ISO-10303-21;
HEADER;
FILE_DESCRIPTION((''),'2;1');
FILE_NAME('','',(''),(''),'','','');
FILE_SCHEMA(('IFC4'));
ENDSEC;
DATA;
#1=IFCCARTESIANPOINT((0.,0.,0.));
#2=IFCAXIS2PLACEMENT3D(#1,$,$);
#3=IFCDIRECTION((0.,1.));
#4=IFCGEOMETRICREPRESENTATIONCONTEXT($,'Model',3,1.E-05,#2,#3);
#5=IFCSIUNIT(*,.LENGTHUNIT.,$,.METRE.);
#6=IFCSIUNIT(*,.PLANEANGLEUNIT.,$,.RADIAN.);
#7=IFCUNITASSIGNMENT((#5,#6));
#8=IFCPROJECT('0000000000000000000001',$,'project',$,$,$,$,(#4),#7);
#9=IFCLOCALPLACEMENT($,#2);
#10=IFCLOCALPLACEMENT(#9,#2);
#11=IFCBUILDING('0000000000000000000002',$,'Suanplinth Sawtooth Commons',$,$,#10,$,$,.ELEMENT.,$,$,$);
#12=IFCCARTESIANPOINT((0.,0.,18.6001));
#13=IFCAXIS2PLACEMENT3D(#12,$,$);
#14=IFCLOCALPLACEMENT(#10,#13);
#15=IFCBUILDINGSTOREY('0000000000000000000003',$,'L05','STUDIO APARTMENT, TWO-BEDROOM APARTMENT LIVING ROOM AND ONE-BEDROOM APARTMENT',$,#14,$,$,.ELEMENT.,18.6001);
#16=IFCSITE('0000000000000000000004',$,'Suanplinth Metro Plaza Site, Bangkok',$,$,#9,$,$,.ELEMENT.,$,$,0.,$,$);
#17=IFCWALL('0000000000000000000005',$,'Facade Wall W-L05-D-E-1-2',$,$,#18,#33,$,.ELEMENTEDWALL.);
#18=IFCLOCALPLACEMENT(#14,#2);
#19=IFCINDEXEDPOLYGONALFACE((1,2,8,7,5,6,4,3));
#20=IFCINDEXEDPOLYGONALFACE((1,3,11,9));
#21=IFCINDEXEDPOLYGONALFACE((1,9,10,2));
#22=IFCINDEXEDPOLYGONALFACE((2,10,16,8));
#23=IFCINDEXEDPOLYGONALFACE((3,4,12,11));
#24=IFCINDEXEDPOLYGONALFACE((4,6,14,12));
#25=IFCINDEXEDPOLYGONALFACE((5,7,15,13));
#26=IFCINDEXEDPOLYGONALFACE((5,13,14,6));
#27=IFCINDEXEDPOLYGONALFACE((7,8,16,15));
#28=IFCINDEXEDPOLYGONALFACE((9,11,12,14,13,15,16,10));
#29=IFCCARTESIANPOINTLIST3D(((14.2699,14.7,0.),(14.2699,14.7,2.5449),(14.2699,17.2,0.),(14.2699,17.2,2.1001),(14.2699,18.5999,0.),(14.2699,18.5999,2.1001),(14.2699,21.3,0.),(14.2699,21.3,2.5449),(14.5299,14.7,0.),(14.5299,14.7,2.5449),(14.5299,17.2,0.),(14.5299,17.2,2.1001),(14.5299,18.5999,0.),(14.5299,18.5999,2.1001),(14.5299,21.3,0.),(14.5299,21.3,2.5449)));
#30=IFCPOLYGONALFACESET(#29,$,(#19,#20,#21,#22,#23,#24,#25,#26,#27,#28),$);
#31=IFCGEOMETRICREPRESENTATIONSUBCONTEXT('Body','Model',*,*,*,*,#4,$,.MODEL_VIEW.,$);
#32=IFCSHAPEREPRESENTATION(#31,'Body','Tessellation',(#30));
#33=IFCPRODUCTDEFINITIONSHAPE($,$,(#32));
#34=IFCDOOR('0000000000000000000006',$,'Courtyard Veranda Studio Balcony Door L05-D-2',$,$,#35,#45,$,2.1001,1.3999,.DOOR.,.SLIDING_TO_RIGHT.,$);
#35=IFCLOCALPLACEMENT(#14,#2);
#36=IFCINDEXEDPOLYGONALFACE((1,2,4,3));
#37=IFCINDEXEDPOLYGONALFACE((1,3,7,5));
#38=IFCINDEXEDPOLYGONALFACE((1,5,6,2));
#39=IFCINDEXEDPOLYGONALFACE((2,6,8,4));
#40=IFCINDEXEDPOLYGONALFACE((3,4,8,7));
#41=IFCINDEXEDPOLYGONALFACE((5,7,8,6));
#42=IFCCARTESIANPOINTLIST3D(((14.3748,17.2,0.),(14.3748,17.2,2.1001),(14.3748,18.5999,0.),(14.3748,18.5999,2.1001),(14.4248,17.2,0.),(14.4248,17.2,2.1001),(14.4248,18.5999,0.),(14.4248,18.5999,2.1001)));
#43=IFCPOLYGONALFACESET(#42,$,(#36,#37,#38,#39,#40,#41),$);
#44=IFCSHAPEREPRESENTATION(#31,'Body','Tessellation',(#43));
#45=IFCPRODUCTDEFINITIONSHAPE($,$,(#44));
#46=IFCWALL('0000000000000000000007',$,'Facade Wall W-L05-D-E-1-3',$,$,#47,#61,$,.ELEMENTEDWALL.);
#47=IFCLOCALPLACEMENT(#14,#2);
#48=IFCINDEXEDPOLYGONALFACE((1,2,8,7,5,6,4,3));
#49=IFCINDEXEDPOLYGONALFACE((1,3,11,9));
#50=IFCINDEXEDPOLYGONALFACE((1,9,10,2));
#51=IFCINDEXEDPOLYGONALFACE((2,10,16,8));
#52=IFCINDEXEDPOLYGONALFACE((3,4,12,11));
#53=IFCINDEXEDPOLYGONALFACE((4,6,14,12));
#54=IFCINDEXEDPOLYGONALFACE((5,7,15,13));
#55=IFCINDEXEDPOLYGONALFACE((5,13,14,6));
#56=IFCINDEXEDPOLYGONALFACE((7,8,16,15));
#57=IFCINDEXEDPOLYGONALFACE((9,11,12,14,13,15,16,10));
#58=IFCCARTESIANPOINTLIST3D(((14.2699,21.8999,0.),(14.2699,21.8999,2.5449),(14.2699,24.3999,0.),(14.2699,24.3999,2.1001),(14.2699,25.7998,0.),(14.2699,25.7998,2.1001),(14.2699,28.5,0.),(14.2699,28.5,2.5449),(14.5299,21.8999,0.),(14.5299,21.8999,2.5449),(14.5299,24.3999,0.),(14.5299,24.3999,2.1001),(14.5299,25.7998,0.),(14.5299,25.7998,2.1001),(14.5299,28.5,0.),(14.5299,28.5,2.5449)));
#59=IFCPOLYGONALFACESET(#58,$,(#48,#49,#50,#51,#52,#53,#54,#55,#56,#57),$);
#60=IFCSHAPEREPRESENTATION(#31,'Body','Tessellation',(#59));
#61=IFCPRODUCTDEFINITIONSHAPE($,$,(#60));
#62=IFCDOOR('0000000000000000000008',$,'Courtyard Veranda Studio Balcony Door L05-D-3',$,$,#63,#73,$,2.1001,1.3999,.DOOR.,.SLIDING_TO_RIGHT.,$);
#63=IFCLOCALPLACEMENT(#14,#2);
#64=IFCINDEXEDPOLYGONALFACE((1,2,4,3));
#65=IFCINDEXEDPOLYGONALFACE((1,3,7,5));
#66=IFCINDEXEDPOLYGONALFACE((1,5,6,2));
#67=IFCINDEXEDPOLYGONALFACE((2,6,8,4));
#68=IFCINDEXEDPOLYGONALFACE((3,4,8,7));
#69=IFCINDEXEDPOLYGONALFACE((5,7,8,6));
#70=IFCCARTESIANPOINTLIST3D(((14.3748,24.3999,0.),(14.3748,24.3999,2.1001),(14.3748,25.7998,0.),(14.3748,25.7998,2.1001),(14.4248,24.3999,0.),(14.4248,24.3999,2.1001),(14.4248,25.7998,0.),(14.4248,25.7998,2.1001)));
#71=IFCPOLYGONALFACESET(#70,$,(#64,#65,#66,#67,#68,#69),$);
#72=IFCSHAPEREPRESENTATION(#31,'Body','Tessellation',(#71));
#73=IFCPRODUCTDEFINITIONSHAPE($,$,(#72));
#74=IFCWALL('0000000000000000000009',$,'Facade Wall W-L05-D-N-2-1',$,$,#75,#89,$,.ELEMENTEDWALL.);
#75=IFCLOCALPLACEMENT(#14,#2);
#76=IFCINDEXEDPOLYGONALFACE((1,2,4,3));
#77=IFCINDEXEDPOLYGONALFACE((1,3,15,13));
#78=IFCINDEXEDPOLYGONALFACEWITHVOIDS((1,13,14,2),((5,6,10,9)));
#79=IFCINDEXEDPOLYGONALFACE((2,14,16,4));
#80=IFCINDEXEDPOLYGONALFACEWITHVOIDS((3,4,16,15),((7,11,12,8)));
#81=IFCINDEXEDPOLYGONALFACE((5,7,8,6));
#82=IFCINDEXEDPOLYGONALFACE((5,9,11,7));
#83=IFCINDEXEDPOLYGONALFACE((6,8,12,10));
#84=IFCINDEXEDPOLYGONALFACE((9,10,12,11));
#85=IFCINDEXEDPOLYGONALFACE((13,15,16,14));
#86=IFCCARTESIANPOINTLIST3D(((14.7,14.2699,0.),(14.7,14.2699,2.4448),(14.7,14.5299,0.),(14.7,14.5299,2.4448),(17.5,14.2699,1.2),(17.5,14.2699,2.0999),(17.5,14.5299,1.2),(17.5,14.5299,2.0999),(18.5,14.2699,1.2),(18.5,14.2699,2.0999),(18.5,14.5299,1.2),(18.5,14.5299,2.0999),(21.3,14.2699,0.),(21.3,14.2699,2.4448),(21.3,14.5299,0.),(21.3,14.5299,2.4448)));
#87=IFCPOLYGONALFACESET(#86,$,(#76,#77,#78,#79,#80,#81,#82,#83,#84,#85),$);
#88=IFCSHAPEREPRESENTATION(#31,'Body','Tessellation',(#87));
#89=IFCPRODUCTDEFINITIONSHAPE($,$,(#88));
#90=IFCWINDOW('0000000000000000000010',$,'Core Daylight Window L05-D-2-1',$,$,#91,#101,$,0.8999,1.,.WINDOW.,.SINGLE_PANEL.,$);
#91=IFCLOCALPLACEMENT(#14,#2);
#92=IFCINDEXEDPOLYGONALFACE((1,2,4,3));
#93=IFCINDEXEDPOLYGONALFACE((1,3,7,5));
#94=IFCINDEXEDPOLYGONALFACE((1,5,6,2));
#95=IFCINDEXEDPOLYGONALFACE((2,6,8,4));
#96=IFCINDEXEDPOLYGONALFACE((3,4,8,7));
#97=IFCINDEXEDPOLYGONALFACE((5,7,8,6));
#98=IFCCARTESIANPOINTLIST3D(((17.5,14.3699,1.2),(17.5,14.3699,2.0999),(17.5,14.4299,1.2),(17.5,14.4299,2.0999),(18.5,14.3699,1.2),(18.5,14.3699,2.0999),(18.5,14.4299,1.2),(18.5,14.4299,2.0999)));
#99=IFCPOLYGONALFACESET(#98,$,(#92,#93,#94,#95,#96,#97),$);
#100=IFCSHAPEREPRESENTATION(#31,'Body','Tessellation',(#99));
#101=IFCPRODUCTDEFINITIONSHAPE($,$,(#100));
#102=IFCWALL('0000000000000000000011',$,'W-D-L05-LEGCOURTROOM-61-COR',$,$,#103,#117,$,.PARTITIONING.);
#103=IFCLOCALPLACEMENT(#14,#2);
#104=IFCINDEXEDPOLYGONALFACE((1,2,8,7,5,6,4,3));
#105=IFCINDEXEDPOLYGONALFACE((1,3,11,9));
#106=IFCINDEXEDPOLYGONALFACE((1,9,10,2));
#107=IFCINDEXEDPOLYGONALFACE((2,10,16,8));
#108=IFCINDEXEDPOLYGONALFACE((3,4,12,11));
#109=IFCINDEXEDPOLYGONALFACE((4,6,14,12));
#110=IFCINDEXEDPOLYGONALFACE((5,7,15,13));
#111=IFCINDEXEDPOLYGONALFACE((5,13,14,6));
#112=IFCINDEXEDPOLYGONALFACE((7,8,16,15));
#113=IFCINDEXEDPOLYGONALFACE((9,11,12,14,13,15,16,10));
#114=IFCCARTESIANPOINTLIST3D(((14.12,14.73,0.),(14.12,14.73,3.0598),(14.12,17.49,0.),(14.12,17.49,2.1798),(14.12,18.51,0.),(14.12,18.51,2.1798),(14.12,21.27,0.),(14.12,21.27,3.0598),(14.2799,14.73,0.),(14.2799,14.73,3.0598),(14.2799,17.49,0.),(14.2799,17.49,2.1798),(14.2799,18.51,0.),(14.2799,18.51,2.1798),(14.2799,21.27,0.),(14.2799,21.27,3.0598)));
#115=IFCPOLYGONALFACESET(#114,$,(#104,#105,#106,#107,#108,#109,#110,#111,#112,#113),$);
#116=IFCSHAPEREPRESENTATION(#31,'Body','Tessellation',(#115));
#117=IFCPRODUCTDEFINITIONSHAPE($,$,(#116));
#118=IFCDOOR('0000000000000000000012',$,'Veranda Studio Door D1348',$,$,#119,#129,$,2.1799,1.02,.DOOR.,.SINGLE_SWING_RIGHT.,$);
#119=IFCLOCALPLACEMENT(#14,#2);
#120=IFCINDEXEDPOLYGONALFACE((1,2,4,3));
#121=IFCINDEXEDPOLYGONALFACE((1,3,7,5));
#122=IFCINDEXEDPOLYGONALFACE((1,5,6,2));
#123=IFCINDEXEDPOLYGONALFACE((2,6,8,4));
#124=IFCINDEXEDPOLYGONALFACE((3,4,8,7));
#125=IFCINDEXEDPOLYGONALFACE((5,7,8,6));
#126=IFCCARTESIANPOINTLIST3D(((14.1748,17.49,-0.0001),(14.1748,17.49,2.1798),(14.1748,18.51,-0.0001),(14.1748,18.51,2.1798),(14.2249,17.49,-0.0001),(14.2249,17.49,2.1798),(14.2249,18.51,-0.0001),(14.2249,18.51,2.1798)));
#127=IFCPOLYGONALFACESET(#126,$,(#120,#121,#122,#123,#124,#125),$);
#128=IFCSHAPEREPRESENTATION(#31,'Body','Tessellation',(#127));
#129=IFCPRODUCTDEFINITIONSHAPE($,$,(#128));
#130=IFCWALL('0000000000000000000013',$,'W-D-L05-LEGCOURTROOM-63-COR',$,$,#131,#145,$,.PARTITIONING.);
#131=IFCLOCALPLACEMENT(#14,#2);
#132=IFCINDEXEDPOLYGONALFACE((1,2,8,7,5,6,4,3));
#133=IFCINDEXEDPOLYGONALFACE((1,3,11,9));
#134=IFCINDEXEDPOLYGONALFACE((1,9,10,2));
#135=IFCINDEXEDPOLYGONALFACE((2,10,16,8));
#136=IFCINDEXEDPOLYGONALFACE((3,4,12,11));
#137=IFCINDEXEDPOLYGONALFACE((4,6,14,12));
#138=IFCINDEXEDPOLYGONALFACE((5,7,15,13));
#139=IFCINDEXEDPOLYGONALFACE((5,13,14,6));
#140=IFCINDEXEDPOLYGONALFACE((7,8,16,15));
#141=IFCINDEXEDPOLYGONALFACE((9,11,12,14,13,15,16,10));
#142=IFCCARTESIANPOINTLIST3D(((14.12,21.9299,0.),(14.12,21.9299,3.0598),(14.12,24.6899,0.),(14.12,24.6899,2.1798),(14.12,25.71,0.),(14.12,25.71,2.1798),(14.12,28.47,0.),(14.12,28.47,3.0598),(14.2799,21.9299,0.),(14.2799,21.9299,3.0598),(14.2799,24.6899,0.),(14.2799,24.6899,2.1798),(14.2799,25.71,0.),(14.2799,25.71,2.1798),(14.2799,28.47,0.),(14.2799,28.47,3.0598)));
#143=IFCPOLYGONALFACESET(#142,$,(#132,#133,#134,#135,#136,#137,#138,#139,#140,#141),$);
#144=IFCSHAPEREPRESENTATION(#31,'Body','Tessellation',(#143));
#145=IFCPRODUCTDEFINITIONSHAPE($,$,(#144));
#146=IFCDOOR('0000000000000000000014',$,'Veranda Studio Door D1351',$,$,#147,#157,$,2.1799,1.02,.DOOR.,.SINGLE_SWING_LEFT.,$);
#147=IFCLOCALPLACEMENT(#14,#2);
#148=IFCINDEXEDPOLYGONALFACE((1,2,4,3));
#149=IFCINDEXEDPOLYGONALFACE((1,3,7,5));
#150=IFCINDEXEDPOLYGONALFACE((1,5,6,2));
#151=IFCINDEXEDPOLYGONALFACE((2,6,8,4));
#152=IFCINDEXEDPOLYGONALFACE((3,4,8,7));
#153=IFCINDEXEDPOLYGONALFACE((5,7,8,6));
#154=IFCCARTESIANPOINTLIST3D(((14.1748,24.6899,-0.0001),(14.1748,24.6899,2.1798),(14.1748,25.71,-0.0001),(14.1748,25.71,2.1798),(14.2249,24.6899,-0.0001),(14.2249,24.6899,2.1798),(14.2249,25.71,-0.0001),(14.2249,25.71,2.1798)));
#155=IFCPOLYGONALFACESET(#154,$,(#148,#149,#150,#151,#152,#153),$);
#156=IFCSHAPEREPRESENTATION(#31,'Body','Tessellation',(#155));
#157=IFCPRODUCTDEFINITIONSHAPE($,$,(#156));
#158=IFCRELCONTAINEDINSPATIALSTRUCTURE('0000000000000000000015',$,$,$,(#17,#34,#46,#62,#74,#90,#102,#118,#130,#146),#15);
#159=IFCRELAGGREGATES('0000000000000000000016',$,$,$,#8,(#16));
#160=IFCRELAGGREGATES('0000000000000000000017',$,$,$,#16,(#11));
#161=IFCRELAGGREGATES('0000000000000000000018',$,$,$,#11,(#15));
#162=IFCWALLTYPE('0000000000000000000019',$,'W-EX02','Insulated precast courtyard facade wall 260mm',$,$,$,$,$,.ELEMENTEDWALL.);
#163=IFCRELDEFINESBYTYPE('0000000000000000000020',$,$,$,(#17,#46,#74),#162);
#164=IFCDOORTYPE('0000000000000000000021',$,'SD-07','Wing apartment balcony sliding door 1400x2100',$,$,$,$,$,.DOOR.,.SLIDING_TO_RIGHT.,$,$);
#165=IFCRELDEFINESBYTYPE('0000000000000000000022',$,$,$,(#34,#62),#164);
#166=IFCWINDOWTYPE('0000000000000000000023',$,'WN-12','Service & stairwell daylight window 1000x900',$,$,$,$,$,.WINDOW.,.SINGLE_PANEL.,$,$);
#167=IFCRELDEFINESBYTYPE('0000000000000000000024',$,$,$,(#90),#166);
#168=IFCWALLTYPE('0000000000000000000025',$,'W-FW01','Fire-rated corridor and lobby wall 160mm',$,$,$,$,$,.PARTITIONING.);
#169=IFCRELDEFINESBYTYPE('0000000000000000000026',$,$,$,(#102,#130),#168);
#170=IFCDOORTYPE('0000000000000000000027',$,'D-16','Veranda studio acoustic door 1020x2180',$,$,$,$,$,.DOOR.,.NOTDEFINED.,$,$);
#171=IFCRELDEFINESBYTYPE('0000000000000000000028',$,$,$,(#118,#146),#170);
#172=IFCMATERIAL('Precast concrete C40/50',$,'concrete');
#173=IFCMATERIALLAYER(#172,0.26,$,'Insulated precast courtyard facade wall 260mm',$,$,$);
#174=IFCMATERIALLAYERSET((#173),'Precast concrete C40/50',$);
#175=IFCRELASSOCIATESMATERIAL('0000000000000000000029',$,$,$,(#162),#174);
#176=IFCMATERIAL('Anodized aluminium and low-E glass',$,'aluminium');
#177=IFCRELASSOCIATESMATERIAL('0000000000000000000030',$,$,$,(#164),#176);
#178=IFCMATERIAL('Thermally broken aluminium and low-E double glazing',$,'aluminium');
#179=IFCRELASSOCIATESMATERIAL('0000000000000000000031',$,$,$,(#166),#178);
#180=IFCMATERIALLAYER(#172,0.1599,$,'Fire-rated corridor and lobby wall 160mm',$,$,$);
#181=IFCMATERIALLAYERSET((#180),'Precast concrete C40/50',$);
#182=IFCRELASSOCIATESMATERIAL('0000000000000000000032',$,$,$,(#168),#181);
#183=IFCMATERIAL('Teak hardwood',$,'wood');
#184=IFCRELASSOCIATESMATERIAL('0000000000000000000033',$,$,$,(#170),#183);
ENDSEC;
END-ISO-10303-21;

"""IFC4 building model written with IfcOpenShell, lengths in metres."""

from ifc_helpers import new_model, si_unit, direction, frame, frame_2d, origin, place, context, subcontext, project, spatial, rectangle, extrude, material, layer, layer_set, type_object, element, fill, save


model = new_model("IFC4")

# Units and contexts
model_context = context("Model", 3, precision=1e-05, world=origin(), true_north=direction((0.0, 1.0)))
body_context = subcontext(model_context, "Body", "Model", "MODEL_VIEW")
ifc_project = project(units=[si_unit("LENGTHUNIT", "METRE"), si_unit("PLANEANGLEUNIT", "RADIAN")], contexts=[model_context])

# Site, building, storey
site_placement = place(None, origin())
site = spatial("IfcSite", under=ifc_project, at=site_placement, Name="Suanplinth Metro Plaza Site, Bangkok", CompositionType="ELEMENT", RefElevation=0.0)
building_placement = place(site_placement, origin())
building = spatial("IfcBuilding", under=site, at=building_placement, Name="Suanplinth Sawtooth Commons", CompositionType="ELEMENT")
storey_placement = place(building_placement, frame((0.0, 0.0, 18.6001)))
storey = spatial("IfcBuildingStorey", under=building, at=storey_placement, Name="L05", Description="STUDIO APARTMENT, TWO-BEDROOM APARTMENT LIVING ROOM AND ONE-BEDROOM APARTMENT", CompositionType="ELEMENT", Elevation=18.6001)

# Shared definitions
ifc_material_1 = material(Name="Precast concrete C40/50", Category="concrete")

# Walls, openings, doors
ifc_layer_1 = layer(ifc_material_1, 0.26, Name="Insulated precast courtyard facade wall 260mm")
ifc_layer_set_1 = layer_set([ifc_layer_1], Name="Precast concrete C40/50")
wall_type_1 = type_object("IfcWallType", Name="W-EX02", Description="Insulated precast courtyard facade wall 260mm", PredefinedType="ELEMENTEDWALL", material=ifc_layer_set_1)
wall_1_placement = place(storey_placement, frame((14.3999, 14.7, 0.0), z_axis=(0.0, 0.0, 1.0), x_axis=(0.0, 1.0, 0.0)))
wall_1 = element("IfcWall", 1, at=wall_1_placement, inside=storey, type_object=wall_type_1, Name="Facade Wall W-L05-D-E-1-2", PredefinedType="ELEMENTEDWALL", context=body_context, shape_type="SweptSolid", body=[
    extrude(rectangle(XDim=6.6001, YDim=0.26, at=frame_2d((3.3, 0.0))), origin(), (0.0, 0.0, 1.0), 2.5449),
])
opening_1_placement = place(wall_1_placement, frame((2.5, 0.0, 0.0)))
opening_1 = element("IfcOpeningElement", 2, at=opening_1_placement, cuts=wall_1, PredefinedType="OPENING", context=body_context, shape_type="SweptSolid", body=[
    extrude(rectangle(XDim=1.3999, YDim=2.1001, at=frame_2d((0.7, 1.05))), frame((0.0, 0.145, 0.0), z_axis=(0.0, -1.0, 0.0), x_axis=(1.0, 0.0, 0.0)), (0.0, 0.0, 1.0), 0.2898),
])
ifc_material_2 = material(Name="Anodized aluminium and low-E glass", Category="aluminium")
door_type_1 = type_object("IfcDoorType", Name="SD-07", Description="Wing apartment balcony sliding door 1400x2100", OperationType="SLIDING_TO_RIGHT", PredefinedType="DOOR", material=ifc_material_2)
door_1_placement = place(opening_1_placement, frame((1.3999, 0.0, 0.0), z_axis=(0.0, 0.0, 1.0), x_axis=(-1.0, 0.0, 0.0)))
door_1 = element("IfcDoor", 3, at=door_1_placement, inside=storey, type_object=door_type_1, Name="Courtyard Veranda Studio Balcony Door L05-D-2", OperationType="SLIDING_TO_RIGHT", OverallHeight=2.1001, OverallWidth=1.3999, PredefinedType="DOOR", context=body_context, shape_type="SweptSolid", body=[
    extrude(rectangle(XDim=1.3999, YDim=2.1001, at=frame_2d((0.7, 1.05))), frame((0.0, 0.0249, 0.0), z_axis=(0.0, -1.0, 0.0), x_axis=(1.0, 0.0, 0.0)), (0.0, 0.0, 1.0), 0.05),
])
fill(opening_1, door_1)
wall_2_placement = place(storey_placement, frame((14.3999, 21.8999, 0.0), z_axis=(0.0, 0.0, 1.0), x_axis=(0.0, 1.0, 0.0)))
wall_2 = element("IfcWall", 4, at=wall_2_placement, inside=storey, type_object=wall_type_1, Name="Facade Wall W-L05-D-E-1-3", PredefinedType="ELEMENTEDWALL", context=body_context, shape_type="SweptSolid", body=[
    extrude(rectangle(XDim=6.6001, YDim=0.26, at=frame_2d((3.3, 0.0))), origin(), (0.0, 0.0, 1.0), 2.5449),
])
opening_2_placement = place(wall_2_placement, frame((2.5, 0.0, 0.0)))
opening_2 = element("IfcOpeningElement", 5, at=opening_2_placement, cuts=wall_2, PredefinedType="OPENING", context=body_context, shape_type="SweptSolid", body=[
    extrude(rectangle(XDim=1.3999, YDim=2.1001, at=frame_2d((0.7, 1.05))), frame((0.0, 0.145, 0.0), z_axis=(0.0, -1.0, 0.0), x_axis=(1.0, 0.0, 0.0)), (0.0, 0.0, 1.0), 0.2898),
])
door_2_placement = place(opening_2_placement, frame((1.3999, 0.0, 0.0), z_axis=(0.0, 0.0, 1.0), x_axis=(-1.0, 0.0, 0.0)))
door_2 = element("IfcDoor", 6, at=door_2_placement, inside=storey, type_object=door_type_1, Name="Courtyard Veranda Studio Balcony Door L05-D-3", OperationType="SLIDING_TO_RIGHT", OverallHeight=2.1001, OverallWidth=1.3999, PredefinedType="DOOR", context=body_context, shape_type="SweptSolid", body=[
    extrude(rectangle(XDim=1.3999, YDim=2.1001, at=frame_2d((0.7, 1.05))), frame((0.0, 0.0249, 0.0), z_axis=(0.0, -1.0, 0.0), x_axis=(1.0, 0.0, 0.0)), (0.0, 0.0, 1.0), 0.05),
])
fill(opening_2, door_2)

# Wall, opening, window
wall_3_placement = place(storey_placement, frame((14.7, 14.3999, 0.0), z_axis=(0.0, 0.0, 1.0), x_axis=(1.0, 0.0, 0.0)))
wall_3 = element("IfcWall", 7, at=wall_3_placement, inside=storey, type_object=wall_type_1, Name="Facade Wall W-L05-D-N-2-1", PredefinedType="ELEMENTEDWALL", context=body_context, shape_type="SweptSolid", body=[
    extrude(rectangle(XDim=6.6001, YDim=0.26, at=frame_2d((3.3, 0.0))), origin(), (0.0, 0.0, 1.0), 2.4448),
])
opening_3_placement = place(wall_3_placement, frame((2.8, 0.0, 1.2)))
opening_3 = element("IfcOpeningElement", 8, at=opening_3_placement, cuts=wall_3, PredefinedType="OPENING", context=body_context, shape_type="SweptSolid", body=[
    extrude(rectangle(XDim=1.0, YDim=0.8999, at=frame_2d((0.5, 0.45))), frame((0.0, 0.145, 0.0), z_axis=(0.0, -1.0, 0.0), x_axis=(1.0, 0.0, 0.0)), (0.0, 0.0, 1.0), 0.2898),
])
ifc_material_3 = material(Name="Thermally broken aluminium and low-E double glazing", Category="aluminium")
window_type = type_object("IfcWindowType", Name="WN-12", Description="Service & stairwell daylight window 1000x900", PartitioningType="SINGLE_PANEL", PredefinedType="WINDOW", material=ifc_material_3)
window_placement = place(opening_3_placement, origin())
window = element("IfcWindow", 9, at=window_placement, inside=storey, type_object=window_type, Name="Core Daylight Window L05-D-2-1", OverallHeight=0.8999, OverallWidth=1.0, PartitioningType="SINGLE_PANEL", PredefinedType="WINDOW", context=body_context, shape_type="SweptSolid", body=[
    extrude(rectangle(XDim=1.0, YDim=0.8999, at=frame_2d((0.5, 0.45))), frame((0.0, 0.03, 0.0), z_axis=(0.0, -1.0, 0.0), x_axis=(1.0, 0.0, 0.0)), (0.0, 0.0, 1.0), 0.0601),
])
fill(opening_3, window)

# Walls, openings, doors
ifc_layer_2 = layer(ifc_material_1, 0.1599, Name="Fire-rated corridor and lobby wall 160mm")
ifc_layer_set_2 = layer_set([ifc_layer_2], Name="Precast concrete C40/50")
wall_type_2 = type_object("IfcWallType", Name="W-FW01", Description="Fire-rated corridor and lobby wall 160mm", PredefinedType="PARTITIONING", material=ifc_layer_set_2)
wall_4_placement = place(storey_placement, frame((14.2, 14.73, 0.0), z_axis=(0.0, 0.0, 1.0), x_axis=(0.0, 1.0, 0.0)))
wall_4 = element("IfcWall", 10, at=wall_4_placement, inside=storey, type_object=wall_type_2, Name="W-D-L05-LEGCOURTROOM-61-COR", PredefinedType="PARTITIONING", context=body_context, shape_type="SweptSolid", body=[
    extrude(rectangle(XDim=6.54, YDim=0.1599, at=frame_2d((3.27, 0.0))), origin(), (0.0, 0.0, 1.0), 3.0598),
])
opening_4_placement = place(wall_4_placement, frame((2.76, 0.0, 0.0)))
opening_4 = element("IfcOpeningElement", 11, at=opening_4_placement, cuts=wall_4, PredefinedType="OPENING", context=body_context, shape_type="SweptSolid", body=[
    extrude(rectangle(XDim=1.02, YDim=2.1799, at=frame_2d((0.51, 1.0898))), frame((0.0, 0.0947, 0.0), z_axis=(0.0, -1.0, 0.0), x_axis=(1.0, 0.0, 0.0)), (0.0, 0.0, 1.0), 0.1897),
])
ifc_material_4 = material(Name="Teak hardwood", Category="wood")
door_type_2 = type_object("IfcDoorType", Name="D-16", Description="Veranda studio acoustic door 1020x2180", OperationType="NOTDEFINED", PredefinedType="DOOR", material=ifc_material_4)
door_3_placement = place(opening_4_placement, frame((1.02, 0.0, 0.0), z_axis=(0.0, 0.0, 1.0), x_axis=(-1.0, 0.0, 0.0)))
door_3 = element("IfcDoor", 12, at=door_3_placement, inside=storey, type_object=door_type_2, Name="Veranda Studio Door D1348", OperationType="SINGLE_SWING_RIGHT", OverallHeight=2.1799, OverallWidth=1.02, PredefinedType="DOOR", context=body_context, shape_type="SweptSolid", body=[
    extrude(rectangle(XDim=1.02, YDim=2.1799, at=frame_2d((0.51, 1.0898))), frame((0.0, 0.0249, 0.0), z_axis=(0.0, -1.0, 0.0), x_axis=(1.0, 0.0, 0.0)), (0.0, 0.0, 1.0), 0.05),
])
fill(opening_4, door_3)
wall_5_placement = place(storey_placement, frame((14.2, 21.9299, 0.0), z_axis=(0.0, 0.0, 1.0), x_axis=(0.0, 1.0, 0.0)))
wall_5 = element("IfcWall", 13, at=wall_5_placement, inside=storey, type_object=wall_type_2, Name="W-D-L05-LEGCOURTROOM-63-COR", PredefinedType="PARTITIONING", context=body_context, shape_type="SweptSolid", body=[
    extrude(rectangle(XDim=6.54, YDim=0.1599, at=frame_2d((3.27, 0.0))), origin(), (0.0, 0.0, 1.0), 3.0598),
])
opening_5_placement = place(wall_5_placement, frame((2.76, 0.0, 0.0)))
opening_5 = element("IfcOpeningElement", 14, at=opening_5_placement, cuts=wall_5, PredefinedType="OPENING", context=body_context, shape_type="SweptSolid", body=[
    extrude(rectangle(XDim=1.02, YDim=2.1799, at=frame_2d((0.51, 1.0898))), frame((0.0, 0.0947, 0.0), z_axis=(0.0, -1.0, 0.0), x_axis=(1.0, 0.0, 0.0)), (0.0, 0.0, 1.0), 0.1897),
])
door_4_placement = place(opening_5_placement, frame((1.02, 0.0, 0.0), z_axis=(0.0, 0.0, 1.0), x_axis=(-1.0, 0.0, 0.0)))
door_4 = element("IfcDoor", 15, at=door_4_placement, inside=storey, type_object=door_type_2, Name="Veranda Studio Door D1351", OperationType="SINGLE_SWING_LEFT", OverallHeight=2.1799, OverallWidth=1.02, PredefinedType="DOOR", context=body_context, shape_type="SweptSolid", body=[
    extrude(rectangle(XDim=1.02, YDim=2.1799, at=frame_2d((0.51, 1.0898))), frame((0.0, 0.0249, 0.0), z_axis=(0.0, -1.0, 0.0), x_axis=(1.0, 0.0, 0.0)), (0.0, 0.0, 1.0), 0.05),
])
fill(opening_5, door_4)

save(model, "model.ifc")
